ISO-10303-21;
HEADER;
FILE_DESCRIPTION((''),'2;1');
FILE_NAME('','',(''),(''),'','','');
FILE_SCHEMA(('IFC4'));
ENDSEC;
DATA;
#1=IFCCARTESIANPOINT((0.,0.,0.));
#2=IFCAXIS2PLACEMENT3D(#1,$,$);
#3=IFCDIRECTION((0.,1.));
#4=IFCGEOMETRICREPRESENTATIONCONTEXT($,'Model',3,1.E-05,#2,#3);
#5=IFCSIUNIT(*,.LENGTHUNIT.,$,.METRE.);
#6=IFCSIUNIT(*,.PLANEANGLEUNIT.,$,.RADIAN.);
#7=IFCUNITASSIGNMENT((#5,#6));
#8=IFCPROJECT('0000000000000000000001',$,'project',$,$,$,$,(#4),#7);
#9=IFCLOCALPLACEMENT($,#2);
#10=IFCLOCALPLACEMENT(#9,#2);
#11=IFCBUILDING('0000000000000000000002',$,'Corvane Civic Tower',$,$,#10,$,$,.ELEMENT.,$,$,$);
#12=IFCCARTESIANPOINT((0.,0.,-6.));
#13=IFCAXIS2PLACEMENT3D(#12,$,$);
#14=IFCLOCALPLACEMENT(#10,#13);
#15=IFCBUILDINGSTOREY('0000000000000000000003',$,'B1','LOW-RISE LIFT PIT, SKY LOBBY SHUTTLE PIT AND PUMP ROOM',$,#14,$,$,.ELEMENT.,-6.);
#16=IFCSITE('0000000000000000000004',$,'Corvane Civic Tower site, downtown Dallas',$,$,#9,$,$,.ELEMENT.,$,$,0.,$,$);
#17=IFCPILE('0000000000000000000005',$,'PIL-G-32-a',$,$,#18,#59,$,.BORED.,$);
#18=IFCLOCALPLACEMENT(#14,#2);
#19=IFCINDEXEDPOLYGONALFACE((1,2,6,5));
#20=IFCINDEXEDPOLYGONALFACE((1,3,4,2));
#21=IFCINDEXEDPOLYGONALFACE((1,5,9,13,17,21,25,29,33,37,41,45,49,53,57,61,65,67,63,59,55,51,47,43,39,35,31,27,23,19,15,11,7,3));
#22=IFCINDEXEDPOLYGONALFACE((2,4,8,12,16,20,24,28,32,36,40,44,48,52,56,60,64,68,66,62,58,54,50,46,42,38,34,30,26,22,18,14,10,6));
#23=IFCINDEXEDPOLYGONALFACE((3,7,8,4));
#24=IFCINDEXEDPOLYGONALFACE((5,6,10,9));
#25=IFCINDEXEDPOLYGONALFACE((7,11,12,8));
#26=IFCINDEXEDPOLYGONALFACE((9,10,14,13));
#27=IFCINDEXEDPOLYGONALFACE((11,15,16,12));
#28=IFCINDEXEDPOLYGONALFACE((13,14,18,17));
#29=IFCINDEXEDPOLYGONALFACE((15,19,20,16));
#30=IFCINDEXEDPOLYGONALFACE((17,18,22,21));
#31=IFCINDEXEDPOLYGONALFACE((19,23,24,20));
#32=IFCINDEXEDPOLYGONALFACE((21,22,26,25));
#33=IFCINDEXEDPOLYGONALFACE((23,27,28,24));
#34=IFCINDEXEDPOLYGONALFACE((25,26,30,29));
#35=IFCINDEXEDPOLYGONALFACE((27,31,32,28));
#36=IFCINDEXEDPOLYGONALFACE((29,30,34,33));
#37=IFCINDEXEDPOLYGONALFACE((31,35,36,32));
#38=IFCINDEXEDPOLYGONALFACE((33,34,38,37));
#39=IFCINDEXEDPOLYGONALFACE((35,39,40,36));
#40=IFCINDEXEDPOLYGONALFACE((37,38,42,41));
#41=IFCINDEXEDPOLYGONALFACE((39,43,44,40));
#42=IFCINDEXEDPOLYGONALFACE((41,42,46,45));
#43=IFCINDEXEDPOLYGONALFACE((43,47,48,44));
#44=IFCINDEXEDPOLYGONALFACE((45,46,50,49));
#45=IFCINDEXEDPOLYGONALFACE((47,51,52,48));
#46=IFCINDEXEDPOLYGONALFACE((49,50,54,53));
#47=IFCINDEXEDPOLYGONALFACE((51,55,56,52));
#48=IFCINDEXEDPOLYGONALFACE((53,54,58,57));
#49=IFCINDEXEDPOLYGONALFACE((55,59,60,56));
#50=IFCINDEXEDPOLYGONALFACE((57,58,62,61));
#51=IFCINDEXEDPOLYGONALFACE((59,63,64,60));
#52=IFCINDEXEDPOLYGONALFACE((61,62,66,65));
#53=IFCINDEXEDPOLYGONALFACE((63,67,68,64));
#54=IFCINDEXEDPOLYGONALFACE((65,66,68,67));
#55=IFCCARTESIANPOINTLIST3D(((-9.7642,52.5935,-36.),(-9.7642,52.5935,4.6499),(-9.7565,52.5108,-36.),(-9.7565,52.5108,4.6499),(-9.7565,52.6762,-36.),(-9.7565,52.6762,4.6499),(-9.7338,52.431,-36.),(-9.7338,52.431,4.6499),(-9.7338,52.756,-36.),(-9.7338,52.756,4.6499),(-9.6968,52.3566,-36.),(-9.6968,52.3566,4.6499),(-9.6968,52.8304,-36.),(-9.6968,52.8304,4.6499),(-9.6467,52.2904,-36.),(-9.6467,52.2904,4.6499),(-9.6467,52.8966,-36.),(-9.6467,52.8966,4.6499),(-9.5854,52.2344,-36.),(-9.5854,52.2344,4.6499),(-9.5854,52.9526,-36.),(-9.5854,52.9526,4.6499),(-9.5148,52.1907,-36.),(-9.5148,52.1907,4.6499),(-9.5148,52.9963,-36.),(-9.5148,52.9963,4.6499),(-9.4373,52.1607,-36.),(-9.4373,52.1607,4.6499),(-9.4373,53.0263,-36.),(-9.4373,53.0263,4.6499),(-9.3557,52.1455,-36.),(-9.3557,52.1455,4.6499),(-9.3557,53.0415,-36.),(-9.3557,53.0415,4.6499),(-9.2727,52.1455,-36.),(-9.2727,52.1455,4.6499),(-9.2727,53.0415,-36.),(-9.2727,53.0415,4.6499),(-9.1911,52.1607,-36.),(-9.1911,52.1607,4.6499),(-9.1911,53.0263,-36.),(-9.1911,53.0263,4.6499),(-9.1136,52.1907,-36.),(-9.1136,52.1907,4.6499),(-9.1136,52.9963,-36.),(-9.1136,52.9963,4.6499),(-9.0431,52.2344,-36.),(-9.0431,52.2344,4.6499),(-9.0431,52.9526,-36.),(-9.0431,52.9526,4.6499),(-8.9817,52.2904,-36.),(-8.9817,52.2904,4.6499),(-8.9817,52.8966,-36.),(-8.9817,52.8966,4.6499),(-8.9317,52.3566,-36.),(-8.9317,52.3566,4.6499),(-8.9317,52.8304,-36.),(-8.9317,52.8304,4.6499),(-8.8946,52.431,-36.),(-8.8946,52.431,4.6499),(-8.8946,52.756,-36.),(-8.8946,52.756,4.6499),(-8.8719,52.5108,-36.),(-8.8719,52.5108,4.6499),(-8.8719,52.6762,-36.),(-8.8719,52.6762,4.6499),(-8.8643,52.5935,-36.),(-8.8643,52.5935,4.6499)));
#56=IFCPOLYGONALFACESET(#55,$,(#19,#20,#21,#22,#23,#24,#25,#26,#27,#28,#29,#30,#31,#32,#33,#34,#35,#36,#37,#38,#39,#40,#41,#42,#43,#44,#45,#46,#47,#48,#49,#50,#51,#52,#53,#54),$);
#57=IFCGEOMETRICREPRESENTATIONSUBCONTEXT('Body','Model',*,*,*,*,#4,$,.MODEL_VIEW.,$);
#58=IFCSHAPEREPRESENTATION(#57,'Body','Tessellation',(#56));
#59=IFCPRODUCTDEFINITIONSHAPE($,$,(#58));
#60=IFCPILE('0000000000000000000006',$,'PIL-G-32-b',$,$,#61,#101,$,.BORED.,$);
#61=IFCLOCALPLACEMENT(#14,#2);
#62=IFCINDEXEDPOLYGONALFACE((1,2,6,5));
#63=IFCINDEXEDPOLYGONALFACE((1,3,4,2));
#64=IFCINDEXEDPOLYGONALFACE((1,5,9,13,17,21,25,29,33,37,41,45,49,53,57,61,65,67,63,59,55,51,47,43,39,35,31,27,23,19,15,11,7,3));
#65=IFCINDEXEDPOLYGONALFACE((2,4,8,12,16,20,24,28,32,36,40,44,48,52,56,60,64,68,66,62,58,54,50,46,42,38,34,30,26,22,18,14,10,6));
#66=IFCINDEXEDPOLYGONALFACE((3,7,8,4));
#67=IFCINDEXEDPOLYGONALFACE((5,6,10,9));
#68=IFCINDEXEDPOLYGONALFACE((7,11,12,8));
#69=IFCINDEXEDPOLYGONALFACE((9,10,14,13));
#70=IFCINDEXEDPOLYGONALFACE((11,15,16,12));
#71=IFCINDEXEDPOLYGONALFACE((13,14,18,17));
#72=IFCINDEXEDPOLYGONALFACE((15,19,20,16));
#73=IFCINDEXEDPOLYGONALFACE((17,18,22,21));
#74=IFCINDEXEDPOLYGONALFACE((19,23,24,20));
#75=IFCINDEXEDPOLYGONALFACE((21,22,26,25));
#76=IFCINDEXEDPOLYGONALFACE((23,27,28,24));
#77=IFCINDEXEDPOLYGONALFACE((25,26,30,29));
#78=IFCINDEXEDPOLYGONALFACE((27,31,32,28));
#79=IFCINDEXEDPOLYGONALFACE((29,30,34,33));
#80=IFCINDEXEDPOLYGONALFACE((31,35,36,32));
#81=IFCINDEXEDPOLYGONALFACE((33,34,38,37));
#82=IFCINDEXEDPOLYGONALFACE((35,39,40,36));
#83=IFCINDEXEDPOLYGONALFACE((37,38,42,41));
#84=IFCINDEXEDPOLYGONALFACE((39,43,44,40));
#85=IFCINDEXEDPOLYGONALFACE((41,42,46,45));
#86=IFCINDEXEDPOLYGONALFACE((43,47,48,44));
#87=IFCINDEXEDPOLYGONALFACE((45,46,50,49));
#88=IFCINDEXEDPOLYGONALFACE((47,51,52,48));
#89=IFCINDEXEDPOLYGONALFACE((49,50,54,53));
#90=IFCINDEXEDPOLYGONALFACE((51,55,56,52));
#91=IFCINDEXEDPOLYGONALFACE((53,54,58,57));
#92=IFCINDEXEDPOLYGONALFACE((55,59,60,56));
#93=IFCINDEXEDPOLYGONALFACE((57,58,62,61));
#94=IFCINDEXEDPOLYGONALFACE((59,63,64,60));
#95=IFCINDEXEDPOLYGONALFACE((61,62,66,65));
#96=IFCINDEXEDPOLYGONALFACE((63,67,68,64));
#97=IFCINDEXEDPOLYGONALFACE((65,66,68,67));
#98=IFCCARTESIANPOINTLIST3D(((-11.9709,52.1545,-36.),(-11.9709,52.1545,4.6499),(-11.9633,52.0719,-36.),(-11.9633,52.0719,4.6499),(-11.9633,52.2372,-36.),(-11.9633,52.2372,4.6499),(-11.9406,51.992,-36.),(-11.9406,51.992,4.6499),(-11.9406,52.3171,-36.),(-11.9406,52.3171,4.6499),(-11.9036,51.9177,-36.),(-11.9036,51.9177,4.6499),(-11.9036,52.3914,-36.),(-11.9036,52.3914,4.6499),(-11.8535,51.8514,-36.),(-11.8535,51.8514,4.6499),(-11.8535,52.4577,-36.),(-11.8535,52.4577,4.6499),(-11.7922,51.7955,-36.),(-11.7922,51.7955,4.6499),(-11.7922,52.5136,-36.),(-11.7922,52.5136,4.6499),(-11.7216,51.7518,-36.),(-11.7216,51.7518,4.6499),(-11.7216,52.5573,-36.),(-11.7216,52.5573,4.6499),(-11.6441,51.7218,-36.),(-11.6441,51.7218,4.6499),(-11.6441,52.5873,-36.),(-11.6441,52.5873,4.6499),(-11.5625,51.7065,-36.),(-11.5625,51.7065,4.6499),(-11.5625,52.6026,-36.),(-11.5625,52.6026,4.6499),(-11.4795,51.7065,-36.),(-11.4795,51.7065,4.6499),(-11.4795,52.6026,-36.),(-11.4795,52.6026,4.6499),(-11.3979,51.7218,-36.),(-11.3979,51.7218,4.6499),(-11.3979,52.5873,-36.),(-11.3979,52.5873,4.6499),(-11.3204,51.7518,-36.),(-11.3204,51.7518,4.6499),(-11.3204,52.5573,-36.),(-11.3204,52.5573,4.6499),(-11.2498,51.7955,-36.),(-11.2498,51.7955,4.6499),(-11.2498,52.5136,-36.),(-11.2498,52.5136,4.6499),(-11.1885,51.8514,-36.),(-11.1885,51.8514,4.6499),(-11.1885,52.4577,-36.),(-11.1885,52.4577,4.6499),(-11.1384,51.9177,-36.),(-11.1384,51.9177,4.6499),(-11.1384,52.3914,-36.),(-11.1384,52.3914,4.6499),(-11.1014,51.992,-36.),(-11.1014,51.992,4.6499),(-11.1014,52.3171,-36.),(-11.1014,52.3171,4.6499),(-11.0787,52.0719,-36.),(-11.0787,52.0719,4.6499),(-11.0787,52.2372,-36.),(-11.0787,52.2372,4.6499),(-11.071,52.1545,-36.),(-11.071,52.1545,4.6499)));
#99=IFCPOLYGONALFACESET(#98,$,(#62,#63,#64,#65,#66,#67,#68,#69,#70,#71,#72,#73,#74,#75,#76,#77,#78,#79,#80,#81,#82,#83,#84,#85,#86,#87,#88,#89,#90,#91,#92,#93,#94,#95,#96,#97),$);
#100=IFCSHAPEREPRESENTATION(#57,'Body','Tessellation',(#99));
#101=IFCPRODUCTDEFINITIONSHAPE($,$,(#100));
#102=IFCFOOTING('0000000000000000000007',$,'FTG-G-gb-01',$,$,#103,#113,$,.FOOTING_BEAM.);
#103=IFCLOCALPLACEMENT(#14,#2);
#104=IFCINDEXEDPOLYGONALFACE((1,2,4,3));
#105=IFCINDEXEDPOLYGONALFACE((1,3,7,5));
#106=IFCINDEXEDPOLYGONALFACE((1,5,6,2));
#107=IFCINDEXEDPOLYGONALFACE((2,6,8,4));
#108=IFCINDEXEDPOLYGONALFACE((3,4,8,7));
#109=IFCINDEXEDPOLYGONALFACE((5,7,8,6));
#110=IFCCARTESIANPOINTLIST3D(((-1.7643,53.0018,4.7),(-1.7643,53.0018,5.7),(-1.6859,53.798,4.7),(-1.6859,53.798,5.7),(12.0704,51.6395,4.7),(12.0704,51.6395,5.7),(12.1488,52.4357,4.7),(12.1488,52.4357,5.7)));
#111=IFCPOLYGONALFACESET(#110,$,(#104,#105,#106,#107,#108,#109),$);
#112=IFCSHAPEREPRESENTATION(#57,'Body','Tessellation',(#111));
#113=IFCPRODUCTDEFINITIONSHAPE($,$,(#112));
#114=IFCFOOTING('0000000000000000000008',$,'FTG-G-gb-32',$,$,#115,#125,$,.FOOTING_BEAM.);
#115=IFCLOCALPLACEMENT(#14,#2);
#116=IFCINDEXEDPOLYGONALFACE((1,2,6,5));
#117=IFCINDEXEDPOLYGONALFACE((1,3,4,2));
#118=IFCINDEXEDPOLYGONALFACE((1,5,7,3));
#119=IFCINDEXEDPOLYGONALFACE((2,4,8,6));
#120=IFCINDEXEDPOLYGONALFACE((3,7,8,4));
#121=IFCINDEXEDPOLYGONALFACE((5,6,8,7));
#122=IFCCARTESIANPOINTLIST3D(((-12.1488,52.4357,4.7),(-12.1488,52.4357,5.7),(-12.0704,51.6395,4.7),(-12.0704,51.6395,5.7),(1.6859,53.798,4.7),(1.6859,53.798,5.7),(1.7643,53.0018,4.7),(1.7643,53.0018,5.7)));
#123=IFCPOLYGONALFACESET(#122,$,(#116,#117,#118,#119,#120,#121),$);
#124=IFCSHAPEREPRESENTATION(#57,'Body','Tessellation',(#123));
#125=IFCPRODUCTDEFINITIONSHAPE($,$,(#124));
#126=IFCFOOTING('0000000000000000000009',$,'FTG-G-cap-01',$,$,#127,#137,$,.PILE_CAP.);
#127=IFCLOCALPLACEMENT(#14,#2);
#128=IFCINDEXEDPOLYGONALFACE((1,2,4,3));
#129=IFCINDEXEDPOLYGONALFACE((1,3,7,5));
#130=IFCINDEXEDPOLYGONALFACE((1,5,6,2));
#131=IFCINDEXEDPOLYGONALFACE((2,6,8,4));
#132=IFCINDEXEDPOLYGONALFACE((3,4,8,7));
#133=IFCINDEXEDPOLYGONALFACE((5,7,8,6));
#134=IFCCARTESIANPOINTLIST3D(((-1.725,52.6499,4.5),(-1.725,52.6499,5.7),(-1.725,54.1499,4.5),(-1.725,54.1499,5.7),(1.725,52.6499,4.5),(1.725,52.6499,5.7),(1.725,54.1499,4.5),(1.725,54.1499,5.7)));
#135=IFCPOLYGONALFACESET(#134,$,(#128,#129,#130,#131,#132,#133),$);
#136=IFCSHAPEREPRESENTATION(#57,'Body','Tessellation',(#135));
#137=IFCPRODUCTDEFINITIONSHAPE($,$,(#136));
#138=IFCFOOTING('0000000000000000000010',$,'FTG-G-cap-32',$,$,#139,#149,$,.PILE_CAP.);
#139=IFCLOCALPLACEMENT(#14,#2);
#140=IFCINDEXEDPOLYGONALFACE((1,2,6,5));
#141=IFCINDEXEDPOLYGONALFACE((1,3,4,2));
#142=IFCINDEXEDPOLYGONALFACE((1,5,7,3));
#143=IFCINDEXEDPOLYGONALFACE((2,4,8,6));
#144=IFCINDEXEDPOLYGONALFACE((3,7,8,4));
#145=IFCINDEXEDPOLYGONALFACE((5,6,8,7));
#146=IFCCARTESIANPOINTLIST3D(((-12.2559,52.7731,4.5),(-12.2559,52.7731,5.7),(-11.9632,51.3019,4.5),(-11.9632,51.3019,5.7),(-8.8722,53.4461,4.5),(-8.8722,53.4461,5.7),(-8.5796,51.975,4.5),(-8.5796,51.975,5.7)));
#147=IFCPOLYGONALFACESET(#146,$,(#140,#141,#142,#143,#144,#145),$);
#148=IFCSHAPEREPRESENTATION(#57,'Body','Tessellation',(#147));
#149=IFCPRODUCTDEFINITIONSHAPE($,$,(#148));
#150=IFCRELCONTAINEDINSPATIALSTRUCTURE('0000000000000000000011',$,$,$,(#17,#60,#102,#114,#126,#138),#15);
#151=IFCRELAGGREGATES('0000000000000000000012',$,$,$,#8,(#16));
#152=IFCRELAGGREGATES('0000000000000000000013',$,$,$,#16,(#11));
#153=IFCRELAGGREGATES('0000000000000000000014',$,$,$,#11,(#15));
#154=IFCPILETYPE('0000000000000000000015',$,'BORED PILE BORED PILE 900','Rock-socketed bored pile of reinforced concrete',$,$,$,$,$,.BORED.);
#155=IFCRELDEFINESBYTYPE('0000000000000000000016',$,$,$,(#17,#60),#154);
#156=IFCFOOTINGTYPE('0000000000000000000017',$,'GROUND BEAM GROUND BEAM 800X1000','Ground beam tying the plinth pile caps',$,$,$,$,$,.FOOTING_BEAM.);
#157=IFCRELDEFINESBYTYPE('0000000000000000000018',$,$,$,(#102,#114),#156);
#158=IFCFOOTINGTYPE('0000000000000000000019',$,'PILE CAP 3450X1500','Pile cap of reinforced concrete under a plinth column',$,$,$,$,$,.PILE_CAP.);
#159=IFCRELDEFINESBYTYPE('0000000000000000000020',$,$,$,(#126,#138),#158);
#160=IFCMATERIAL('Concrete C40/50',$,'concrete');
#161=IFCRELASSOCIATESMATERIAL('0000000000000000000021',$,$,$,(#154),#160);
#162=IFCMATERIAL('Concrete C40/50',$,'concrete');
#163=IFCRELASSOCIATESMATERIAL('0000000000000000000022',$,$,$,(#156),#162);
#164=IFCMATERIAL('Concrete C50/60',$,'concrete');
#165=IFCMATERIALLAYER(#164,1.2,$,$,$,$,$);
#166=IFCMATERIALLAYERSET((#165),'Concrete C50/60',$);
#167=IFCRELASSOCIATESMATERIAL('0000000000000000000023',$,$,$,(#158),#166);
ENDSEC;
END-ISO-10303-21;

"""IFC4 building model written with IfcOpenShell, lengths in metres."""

from ifc_helpers import new_model, si_unit, direction, frame, origin, origin_2d, place, context, subcontext, project, spatial, rectangle, circle, extrude, material, layer, layer_set, material_profile, profile_set, type_object, element, save


model = new_model("IFC4")

# Units and contexts
model_context = context("Model", 3, precision=1e-05, world=origin(), true_north=direction((0.0, 1.0)))
body_context = subcontext(model_context, "Body", "Model", "MODEL_VIEW")
ifc_project = project(units=[si_unit("LENGTHUNIT", "METRE"), si_unit("PLANEANGLEUNIT", "RADIAN")], contexts=[model_context])

# Site, building, storey
site_placement = place(None, origin())
site = spatial("IfcSite", under=ifc_project, at=site_placement, Name="Corvane Civic Tower site, downtown Dallas", CompositionType="ELEMENT", RefElevation=0.0)
building_placement = place(site_placement, origin())
building = spatial("IfcBuilding", under=site, at=building_placement, Name="Corvane Civic Tower", CompositionType="ELEMENT")
storey_placement = place(building_placement, frame((0.0, 0.0, -6.0)))
storey = spatial("IfcBuildingStorey", under=building, at=storey_placement, Name="B1", Description="LOW-RISE LIFT PIT, SKY LOBBY SHUTTLE PIT AND PUMP ROOM", CompositionType="ELEMENT", Elevation=-6.0)

# Piles
ifc_material_1 = material(Name="Concrete C40/50", Category="concrete")
ifc_material_profile_1 = material_profile(ifc_material_1, circle(Radius=0.45, at=origin_2d()), Name="BORED PILE 900")
ifc_profile_set_1 = profile_set([ifc_material_profile_1], Name="Concrete C40/50")
pile_type_1 = type_object("IfcPileType", Name="BORED PILE BORED PILE 900", Description="Rock-socketed bored pile of reinforced concrete", PredefinedType="BORED", material=ifc_profile_set_1)
for number, where, z_axis, x_axis, name in (
    (1, (-9.3142, 52.5935, 4.6499), (0.0, 0.0, -1.0), (1.0, 0.0, 0.0), "PIL-G-32-a"),
    (2, (-11.521, 52.1545, 4.6499), (0.0, 0.0, -1.0), (1.0, 0.0, 0.0), "PIL-G-32-b"),
):
    element("IfcPile", number, at=place(storey_placement, frame(where, z_axis=z_axis, x_axis=x_axis)), inside=storey, type_object=pile_type_1, Name=name, PredefinedType="BORED", context=body_context, shape_type="SweptSolid", body=[
        extrude(circle(Radius=0.45, at=origin_2d()), origin(), (0.0, 0.0, 1.0), 40.6499),
    ])

# Footings
ifc_material_2 = material(Name="Concrete C40/50", Category="concrete")
ifc_material_profile_2 = material_profile(ifc_material_2, rectangle(XDim=0.8, YDim=1.0, at=origin_2d()), Name="GROUND BEAM 800X1000")
ifc_profile_set_2 = profile_set([ifc_material_profile_2], Name="Concrete C40/50")
footing_type_1 = type_object("IfcFootingType", Name="GROUND BEAM GROUND BEAM 800X1000", Description="Ground beam tying the plinth pile caps", PredefinedType="FOOTING_BEAM", material=ifc_profile_set_2)
for number, where, z_axis, x_axis, name in (
    (3, (-1.7251, 53.3999, 5.2), (0.995187, -0.097996, 0.0), (0.097996, 0.995187, 0.0), "FTG-G-gb-01"),
    (4, (-12.1096, 52.0376, 5.2), (0.995187, 0.097996, 0.0), (-0.097996, 0.995187, 0.0), "FTG-G-gb-32"),
):
    element("IfcFooting", number, at=place(storey_placement, frame(where, z_axis=z_axis, x_axis=x_axis)), inside=storey, type_object=footing_type_1, Name=name, PredefinedType="FOOTING_BEAM", context=body_context, shape_type="SweptSolid", body=[
        extrude(rectangle(XDim=0.8, YDim=1.0, at=origin_2d()), origin(), (0.0, 0.0, 1.0), 13.9016),
    ])
ifc_material_3 = material(Name="Concrete C50/60", Category="concrete")
ifc_layer = layer(ifc_material_3, 1.2)
ifc_layer_set = layer_set([ifc_layer], Name="Concrete C50/60")
footing_type_2 = type_object("IfcFootingType", Name="PILE CAP 3450X1500", Description="Pile cap of reinforced concrete under a plinth column", PredefinedType="PILE_CAP", material=ifc_layer_set)
for number, where, z_axis, x_axis, name in (
    (5, (0.0, 53.3999, 4.5), (0.0, 0.0, 1.0), (-1.0, 0.0, 0.0), "FTG-G-cap-01"),
    (6, (-10.4177, 52.374, 4.5), (0.0, 0.0, 1.0), (-0.980785, -0.19509, 0.0), "FTG-G-cap-32"),
):
    element("IfcFooting", number, at=place(storey_placement, frame(where, z_axis=z_axis, x_axis=x_axis)), inside=storey, type_object=footing_type_2, Name=name, PredefinedType="PILE_CAP", context=body_context, shape_type="SweptSolid", body=[
        extrude(rectangle(XDim=3.45, YDim=1.5, at=origin_2d()), origin(), (0.0, 0.0, 1.0), 1.2),
    ])

save(model, "model.ifc")
